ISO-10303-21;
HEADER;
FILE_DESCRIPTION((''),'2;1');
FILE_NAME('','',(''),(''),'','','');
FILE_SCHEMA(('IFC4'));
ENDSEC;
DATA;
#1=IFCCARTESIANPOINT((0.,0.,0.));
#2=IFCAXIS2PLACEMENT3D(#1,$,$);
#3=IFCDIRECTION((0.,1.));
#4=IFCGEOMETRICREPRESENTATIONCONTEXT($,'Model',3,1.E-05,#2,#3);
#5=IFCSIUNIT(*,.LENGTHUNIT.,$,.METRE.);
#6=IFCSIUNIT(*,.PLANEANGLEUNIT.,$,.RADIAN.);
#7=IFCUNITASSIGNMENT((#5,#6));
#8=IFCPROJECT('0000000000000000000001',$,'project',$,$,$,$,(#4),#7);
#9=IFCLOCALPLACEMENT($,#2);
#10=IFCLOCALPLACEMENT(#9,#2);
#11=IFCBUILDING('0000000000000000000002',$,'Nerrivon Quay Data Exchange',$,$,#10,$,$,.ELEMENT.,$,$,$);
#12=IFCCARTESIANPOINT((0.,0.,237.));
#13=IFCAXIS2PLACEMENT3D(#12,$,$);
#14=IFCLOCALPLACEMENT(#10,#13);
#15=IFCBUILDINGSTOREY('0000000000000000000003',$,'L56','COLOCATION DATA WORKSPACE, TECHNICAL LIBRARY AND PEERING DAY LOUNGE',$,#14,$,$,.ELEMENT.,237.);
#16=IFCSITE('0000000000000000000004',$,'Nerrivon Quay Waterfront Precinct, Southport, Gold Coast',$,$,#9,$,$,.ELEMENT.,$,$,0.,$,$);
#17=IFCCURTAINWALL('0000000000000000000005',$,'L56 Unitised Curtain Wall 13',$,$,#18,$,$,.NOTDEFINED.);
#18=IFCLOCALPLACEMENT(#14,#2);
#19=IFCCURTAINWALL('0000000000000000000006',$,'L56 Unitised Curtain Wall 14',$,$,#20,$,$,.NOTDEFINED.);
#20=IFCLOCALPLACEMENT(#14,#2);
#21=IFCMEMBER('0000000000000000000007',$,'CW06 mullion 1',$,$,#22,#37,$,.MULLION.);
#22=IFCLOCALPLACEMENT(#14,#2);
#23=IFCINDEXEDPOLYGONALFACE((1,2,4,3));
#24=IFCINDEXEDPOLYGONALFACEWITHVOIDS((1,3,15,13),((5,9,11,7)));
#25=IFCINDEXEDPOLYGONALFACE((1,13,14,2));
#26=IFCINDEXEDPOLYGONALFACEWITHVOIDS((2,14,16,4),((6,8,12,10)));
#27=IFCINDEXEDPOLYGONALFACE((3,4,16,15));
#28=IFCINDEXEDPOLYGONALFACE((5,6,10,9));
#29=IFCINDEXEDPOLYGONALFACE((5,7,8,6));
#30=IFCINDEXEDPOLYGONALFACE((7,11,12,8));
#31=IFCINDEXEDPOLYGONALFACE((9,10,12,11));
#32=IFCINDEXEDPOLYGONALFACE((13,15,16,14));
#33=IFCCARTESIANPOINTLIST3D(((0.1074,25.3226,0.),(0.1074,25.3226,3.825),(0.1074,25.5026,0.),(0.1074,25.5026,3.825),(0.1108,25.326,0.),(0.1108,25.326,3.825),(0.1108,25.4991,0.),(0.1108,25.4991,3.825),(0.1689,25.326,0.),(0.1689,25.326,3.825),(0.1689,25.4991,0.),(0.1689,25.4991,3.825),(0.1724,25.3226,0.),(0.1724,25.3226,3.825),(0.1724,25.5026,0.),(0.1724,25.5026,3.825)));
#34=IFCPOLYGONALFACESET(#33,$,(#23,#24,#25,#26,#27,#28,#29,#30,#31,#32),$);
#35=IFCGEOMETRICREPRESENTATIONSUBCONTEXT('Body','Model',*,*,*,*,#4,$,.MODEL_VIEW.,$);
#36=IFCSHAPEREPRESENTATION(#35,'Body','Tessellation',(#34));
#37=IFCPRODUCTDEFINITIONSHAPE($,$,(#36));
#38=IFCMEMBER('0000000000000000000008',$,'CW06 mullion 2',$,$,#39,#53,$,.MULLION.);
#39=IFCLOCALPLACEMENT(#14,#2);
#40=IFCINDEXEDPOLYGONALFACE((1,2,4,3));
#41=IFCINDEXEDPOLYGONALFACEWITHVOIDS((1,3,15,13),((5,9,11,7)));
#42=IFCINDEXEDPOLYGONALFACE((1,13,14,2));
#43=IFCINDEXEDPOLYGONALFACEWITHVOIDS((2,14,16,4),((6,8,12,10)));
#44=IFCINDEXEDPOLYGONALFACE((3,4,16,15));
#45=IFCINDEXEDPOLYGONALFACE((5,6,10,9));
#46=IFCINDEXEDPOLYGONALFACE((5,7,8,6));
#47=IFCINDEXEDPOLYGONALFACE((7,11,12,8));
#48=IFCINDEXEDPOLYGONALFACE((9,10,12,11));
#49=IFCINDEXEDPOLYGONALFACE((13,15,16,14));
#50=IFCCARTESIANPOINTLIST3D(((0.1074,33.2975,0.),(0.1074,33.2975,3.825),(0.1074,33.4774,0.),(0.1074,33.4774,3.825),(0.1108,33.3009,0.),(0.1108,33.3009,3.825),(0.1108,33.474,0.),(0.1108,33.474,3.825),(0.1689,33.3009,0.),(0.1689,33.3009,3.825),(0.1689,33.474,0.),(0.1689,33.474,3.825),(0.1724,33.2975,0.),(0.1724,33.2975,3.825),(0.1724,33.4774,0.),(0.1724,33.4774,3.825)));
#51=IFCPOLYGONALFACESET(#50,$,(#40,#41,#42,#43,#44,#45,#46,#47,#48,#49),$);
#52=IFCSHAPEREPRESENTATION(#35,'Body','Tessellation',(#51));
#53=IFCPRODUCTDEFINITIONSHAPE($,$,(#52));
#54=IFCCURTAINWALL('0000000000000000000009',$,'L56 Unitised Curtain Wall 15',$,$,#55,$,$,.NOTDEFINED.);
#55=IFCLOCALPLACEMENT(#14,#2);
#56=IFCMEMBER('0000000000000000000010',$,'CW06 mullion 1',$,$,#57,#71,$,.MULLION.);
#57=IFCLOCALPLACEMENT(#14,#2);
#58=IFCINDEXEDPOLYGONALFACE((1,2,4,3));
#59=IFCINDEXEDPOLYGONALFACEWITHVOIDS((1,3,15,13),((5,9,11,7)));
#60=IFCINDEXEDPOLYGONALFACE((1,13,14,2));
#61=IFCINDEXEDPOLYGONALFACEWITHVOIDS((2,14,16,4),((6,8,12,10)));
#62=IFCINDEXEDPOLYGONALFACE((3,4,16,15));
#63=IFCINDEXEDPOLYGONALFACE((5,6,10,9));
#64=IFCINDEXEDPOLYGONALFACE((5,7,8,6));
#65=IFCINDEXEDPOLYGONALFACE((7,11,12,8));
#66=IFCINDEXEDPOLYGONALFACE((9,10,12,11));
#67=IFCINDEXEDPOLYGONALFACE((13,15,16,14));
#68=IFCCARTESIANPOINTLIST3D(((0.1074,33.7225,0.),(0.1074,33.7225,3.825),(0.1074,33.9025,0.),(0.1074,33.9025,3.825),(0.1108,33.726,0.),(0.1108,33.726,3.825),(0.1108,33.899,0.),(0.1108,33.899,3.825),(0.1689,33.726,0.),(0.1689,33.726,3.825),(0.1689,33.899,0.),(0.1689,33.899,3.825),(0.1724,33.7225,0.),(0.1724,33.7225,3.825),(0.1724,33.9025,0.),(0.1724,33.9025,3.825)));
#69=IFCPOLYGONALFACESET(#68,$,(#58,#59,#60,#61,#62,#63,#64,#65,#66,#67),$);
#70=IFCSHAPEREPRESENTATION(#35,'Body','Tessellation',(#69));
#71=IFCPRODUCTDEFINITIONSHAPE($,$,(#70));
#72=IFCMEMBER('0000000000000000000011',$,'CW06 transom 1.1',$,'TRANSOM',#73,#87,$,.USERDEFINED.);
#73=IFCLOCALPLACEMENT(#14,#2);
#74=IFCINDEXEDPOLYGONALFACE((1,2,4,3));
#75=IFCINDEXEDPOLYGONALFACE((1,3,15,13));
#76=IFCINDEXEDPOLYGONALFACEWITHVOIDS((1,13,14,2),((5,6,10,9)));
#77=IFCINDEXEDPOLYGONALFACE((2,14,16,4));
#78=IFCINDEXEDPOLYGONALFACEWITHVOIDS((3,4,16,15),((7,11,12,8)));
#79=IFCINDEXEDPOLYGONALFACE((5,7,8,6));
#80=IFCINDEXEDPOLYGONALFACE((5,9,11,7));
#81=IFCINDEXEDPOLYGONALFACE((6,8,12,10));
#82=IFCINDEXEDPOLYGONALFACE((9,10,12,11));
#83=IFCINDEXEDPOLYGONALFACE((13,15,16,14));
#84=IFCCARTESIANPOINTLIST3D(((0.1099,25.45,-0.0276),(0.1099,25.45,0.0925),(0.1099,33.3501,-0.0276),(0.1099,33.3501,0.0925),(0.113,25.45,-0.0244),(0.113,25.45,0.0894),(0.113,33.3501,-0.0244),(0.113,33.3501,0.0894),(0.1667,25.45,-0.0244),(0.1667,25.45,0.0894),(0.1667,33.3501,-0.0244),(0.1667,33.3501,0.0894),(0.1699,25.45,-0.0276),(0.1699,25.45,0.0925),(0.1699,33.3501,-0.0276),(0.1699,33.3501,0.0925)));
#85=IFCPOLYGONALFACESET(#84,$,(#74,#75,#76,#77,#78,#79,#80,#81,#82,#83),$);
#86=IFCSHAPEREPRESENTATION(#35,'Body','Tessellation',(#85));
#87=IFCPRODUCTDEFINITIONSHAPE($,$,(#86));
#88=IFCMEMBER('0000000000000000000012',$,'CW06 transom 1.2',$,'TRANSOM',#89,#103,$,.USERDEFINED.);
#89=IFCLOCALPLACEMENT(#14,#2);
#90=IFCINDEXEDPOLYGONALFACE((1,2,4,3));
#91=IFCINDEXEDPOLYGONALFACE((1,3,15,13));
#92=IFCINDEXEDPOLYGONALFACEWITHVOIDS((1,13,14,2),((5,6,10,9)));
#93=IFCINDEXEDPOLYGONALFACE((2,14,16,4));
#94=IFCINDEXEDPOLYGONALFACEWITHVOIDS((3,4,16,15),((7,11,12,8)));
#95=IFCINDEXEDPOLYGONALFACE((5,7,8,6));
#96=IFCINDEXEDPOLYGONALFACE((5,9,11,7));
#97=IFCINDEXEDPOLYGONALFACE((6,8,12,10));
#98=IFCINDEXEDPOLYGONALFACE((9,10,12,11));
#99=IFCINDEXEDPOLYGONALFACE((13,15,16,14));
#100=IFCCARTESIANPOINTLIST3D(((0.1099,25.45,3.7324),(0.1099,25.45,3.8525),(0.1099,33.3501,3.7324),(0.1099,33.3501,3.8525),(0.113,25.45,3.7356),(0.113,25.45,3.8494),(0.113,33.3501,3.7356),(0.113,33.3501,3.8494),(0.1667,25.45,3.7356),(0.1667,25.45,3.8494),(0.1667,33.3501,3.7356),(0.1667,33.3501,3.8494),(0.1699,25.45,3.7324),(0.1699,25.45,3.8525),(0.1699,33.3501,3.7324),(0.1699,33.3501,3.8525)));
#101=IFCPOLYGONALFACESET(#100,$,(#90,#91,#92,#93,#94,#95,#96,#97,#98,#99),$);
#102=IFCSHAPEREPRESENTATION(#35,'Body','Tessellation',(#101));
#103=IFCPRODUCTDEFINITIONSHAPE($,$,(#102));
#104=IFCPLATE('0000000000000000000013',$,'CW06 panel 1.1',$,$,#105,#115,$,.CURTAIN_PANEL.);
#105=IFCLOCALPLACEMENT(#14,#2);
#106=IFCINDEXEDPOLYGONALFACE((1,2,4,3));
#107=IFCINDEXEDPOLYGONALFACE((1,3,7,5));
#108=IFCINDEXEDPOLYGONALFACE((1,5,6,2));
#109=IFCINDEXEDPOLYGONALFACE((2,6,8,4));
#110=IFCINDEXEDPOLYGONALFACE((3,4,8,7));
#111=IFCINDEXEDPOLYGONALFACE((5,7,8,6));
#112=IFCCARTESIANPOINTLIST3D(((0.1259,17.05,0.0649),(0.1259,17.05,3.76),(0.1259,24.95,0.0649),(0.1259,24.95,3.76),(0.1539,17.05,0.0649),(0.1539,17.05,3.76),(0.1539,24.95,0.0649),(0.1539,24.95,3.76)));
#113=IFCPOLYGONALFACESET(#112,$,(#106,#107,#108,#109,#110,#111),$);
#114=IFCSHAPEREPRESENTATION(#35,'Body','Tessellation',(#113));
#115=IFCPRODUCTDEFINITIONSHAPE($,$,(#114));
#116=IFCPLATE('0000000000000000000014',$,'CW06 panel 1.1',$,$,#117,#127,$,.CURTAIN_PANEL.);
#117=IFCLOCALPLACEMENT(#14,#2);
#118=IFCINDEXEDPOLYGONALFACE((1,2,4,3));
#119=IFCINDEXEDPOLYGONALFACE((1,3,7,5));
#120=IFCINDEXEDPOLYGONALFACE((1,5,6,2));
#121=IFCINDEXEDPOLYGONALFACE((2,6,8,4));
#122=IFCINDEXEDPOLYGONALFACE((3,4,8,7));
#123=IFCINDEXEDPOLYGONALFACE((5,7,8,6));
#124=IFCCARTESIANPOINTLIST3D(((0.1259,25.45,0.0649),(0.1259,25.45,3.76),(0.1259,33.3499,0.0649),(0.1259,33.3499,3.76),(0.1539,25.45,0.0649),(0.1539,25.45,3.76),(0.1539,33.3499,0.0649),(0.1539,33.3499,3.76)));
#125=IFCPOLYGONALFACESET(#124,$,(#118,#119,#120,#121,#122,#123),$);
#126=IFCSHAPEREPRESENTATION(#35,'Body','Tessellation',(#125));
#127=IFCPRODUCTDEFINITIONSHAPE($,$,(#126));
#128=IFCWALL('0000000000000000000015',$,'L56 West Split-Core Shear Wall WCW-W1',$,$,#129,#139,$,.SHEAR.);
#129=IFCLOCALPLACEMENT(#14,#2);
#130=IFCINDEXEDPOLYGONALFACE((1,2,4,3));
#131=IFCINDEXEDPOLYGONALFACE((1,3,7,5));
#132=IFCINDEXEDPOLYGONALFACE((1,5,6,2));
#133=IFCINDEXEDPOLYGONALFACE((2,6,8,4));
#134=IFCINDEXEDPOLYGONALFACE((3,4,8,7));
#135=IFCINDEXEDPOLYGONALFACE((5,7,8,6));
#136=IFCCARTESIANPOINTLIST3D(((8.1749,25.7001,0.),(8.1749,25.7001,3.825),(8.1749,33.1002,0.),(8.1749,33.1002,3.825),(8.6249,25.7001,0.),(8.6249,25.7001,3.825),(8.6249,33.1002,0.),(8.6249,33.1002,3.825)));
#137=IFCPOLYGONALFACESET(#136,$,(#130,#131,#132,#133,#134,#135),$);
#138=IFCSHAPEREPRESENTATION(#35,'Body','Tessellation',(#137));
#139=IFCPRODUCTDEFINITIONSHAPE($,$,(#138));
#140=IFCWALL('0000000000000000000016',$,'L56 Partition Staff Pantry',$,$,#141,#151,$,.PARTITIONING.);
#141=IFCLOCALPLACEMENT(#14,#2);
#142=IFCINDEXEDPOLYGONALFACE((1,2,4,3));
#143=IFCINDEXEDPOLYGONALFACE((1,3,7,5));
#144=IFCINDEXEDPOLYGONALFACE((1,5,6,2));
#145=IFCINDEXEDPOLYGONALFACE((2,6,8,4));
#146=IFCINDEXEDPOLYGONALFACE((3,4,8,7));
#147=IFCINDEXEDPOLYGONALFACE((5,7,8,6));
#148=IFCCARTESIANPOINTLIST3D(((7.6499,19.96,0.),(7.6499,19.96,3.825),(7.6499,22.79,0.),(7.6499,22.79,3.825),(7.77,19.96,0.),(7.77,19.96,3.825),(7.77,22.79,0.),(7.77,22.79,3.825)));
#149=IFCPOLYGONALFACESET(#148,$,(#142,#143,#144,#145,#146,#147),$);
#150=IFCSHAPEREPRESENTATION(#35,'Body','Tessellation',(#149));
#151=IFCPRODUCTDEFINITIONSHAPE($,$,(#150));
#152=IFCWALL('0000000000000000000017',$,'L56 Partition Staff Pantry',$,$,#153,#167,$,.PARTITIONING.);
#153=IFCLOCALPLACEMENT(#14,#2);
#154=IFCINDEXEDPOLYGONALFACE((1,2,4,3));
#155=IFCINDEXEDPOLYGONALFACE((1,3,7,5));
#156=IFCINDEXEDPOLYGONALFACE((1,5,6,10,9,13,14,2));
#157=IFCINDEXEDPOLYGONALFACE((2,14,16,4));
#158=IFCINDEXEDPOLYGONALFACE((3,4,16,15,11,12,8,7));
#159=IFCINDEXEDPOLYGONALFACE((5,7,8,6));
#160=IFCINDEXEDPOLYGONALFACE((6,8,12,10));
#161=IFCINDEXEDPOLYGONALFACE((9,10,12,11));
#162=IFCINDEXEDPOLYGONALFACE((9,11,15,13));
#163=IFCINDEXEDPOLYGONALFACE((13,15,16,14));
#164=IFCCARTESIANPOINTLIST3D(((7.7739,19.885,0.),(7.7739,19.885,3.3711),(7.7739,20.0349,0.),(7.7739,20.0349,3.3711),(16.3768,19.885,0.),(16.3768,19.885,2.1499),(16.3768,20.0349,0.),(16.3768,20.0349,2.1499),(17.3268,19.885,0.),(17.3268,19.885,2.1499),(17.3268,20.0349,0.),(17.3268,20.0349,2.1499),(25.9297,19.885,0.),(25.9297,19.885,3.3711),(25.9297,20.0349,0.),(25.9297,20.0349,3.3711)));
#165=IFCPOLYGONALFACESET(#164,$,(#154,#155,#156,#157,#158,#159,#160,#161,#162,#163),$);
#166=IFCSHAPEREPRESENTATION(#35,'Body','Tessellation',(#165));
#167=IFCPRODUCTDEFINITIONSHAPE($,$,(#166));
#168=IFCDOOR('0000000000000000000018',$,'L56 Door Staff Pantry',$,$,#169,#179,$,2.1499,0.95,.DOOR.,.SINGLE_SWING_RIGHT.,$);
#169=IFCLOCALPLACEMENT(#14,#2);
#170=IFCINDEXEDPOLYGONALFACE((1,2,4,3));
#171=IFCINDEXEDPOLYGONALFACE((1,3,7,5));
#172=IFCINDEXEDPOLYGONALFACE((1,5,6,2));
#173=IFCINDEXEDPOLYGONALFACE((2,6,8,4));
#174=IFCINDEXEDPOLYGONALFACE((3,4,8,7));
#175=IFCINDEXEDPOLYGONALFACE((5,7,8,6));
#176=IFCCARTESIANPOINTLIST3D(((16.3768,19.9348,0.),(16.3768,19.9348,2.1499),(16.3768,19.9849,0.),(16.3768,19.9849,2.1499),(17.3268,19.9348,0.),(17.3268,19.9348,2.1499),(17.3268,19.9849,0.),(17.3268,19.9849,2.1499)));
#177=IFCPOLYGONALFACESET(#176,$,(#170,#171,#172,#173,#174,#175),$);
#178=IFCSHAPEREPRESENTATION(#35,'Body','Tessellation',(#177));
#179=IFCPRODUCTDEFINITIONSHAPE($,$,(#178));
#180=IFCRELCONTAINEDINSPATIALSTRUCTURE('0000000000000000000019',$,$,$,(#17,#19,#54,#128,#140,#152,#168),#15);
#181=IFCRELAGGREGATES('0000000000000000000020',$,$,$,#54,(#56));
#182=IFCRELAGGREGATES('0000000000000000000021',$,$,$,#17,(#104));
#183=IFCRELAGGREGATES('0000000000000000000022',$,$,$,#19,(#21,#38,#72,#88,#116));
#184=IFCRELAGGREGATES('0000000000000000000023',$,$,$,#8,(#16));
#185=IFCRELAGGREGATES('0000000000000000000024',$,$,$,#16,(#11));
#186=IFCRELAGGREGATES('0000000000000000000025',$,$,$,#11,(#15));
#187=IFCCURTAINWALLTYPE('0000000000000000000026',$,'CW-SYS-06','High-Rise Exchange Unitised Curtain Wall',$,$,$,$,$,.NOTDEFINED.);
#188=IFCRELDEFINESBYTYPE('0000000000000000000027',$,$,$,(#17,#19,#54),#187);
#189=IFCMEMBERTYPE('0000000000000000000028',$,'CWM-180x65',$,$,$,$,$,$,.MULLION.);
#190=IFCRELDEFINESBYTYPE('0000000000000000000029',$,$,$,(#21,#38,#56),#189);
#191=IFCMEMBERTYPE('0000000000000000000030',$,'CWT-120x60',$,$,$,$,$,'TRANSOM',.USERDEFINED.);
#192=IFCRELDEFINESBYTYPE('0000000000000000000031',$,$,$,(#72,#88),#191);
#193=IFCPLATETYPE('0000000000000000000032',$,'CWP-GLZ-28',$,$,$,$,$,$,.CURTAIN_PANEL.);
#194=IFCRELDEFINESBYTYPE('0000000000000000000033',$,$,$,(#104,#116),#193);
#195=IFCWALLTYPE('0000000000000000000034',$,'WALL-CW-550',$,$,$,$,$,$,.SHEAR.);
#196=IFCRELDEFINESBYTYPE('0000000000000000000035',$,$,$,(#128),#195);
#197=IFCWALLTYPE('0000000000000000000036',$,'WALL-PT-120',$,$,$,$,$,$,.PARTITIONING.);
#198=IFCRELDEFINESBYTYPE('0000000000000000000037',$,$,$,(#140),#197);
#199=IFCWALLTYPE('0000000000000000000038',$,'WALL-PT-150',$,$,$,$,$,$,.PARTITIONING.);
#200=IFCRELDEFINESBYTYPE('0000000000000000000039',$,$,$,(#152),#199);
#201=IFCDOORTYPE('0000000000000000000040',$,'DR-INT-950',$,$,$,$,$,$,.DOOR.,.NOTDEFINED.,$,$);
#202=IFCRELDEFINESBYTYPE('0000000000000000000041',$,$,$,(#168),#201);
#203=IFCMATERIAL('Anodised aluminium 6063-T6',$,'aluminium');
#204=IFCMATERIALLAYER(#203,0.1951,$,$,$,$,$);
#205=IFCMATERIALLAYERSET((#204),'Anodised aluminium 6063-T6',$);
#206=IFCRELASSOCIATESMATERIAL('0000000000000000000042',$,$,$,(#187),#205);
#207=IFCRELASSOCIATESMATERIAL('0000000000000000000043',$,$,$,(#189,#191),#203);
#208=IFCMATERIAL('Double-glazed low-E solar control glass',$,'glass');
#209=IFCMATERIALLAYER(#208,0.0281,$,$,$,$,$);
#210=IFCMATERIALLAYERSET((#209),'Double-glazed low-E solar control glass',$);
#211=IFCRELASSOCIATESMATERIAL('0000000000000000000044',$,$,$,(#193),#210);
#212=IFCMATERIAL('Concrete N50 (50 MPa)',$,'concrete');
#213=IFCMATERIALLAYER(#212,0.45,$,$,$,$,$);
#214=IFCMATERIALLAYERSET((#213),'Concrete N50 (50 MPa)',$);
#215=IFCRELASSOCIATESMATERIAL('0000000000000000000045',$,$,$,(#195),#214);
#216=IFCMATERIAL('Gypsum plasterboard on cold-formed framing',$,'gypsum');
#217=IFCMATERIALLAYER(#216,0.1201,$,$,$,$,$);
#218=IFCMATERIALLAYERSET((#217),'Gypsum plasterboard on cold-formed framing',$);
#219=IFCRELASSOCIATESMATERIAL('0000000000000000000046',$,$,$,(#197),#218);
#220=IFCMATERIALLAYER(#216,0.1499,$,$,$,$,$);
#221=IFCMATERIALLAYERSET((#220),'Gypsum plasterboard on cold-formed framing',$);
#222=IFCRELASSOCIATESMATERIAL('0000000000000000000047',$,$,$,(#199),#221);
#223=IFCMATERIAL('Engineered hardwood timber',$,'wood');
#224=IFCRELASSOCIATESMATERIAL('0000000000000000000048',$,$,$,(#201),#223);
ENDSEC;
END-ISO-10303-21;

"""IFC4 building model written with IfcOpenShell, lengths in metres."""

from ifc_helpers import new_model, si_unit, direction, frame, frame_2d, origin, origin_2d, place, context, subcontext, project, spatial, rectangle, hollow_rectangle, extrude, material, layer, layer_set, material_profile, profile_set, type_object, element, fill, aggregate, save


model = new_model("IFC4")

# Units and contexts
model_context = context("Model", 3, precision=1e-05, world=origin(), true_north=direction((0.0, 1.0)))
body_context = subcontext(model_context, "Body", "Model", "MODEL_VIEW")
ifc_project = project(units=[si_unit("LENGTHUNIT", "METRE"), si_unit("PLANEANGLEUNIT", "RADIAN")], contexts=[model_context])

# Site, building, storey
site_placement = place(None, origin())
site = spatial("IfcSite", under=ifc_project, at=site_placement, Name="Nerrivon Quay Waterfront Precinct, Southport, Gold Coast", CompositionType="ELEMENT", RefElevation=0.0)
building_placement = place(site_placement, origin())
building = spatial("IfcBuilding", under=site, at=building_placement, Name="Nerrivon Quay Data Exchange", CompositionType="ELEMENT")
storey_placement = place(building_placement, frame((0.0, 0.0, 237.0)))
storey = spatial("IfcBuildingStorey", under=building, at=storey_placement, Name="L56", Description="COLOCATION DATA WORKSPACE, TECHNICAL LIBRARY AND PEERING DAY LOUNGE", CompositionType="ELEMENT", Elevation=237.0)

# Curtain wall
ifc_material_1 = material(Name="Anodised aluminium 6063-T6", Category="aluminium")
ifc_layer_1 = layer(ifc_material_1, 0.1951)
ifc_layer_set_1 = layer_set([ifc_layer_1], Name="Anodised aluminium 6063-T6")
curtain_wall_type = type_object("IfcCurtainWallType", Name="CW-SYS-06", Description="High-Rise Exchange Unitised Curtain Wall", PredefinedType="NOTDEFINED", material=ifc_layer_set_1)
curtain_wall_1_placement = place(storey_placement, origin())
curtain_wall_1 = element("IfcCurtainWall", 1, at=curtain_wall_1_placement, inside=storey, type_object=curtain_wall_type, Name="L56 Unitised Curtain Wall 13", PredefinedType="NOTDEFINED")
ifc_material_profile_1 = material_profile(ifc_material_1, hollow_rectangle(XDim=0.0649, YDim=0.1799, WallThickness=0.0034, at=origin_2d()), Name="ALU-MULL-180x65")
ifc_profile_set_1 = profile_set([ifc_material_profile_1], Name="Anodised aluminium 6063-T6")
member_type_1 = type_object("IfcMemberType", Name="CWM-180x65", PredefinedType="MULLION", material=ifc_profile_set_1)

# Curtain wall, members
curtain_wall_2_placement = place(storey_placement, origin())
curtain_wall_2 = element("IfcCurtainWall", 2, at=curtain_wall_2_placement, inside=storey, type_object=curtain_wall_type, Name="L56 Unitised Curtain Wall 14", PredefinedType="NOTDEFINED")
member_1_placement = place(storey_placement, frame((0.1399, 25.4126, 0.0), z_axis=(0.0, 0.0, 1.0), x_axis=(-1.0, 0.0, 0.0)))
member_1 = element("IfcMember", 3, at=member_1_placement, type_object=member_type_1, Name="CW06 mullion 1", PredefinedType="MULLION", context=body_context, shape_type="SweptSolid", body=[
    extrude(hollow_rectangle(XDim=0.0649, YDim=0.1799, WallThickness=0.0034, at=origin_2d()), origin(), (0.0, 0.0, 1.0), 3.825),
])
member_2_placement = place(storey_placement, frame((0.1399, 33.3875, 0.0), z_axis=(0.0, 0.0, 1.0), x_axis=(-1.0, 0.0, 0.0)))
member_2 = element("IfcMember", 4, at=member_2_placement, type_object=member_type_1, Name="CW06 mullion 2", PredefinedType="MULLION", context=body_context, shape_type="SweptSolid", body=[
    extrude(hollow_rectangle(XDim=0.0649, YDim=0.1799, WallThickness=0.0034, at=origin_2d()), origin(), (0.0, 0.0, 1.0), 3.825),
])

# Curtain wall, member
curtain_wall_3_placement = place(storey_placement, origin())
curtain_wall_3 = element("IfcCurtainWall", 5, at=curtain_wall_3_placement, inside=storey, type_object=curtain_wall_type, Name="L56 Unitised Curtain Wall 15", PredefinedType="NOTDEFINED")
member_3_placement = place(storey_placement, frame((0.1399, 33.8125, 0.0), z_axis=(0.0, 0.0, 1.0), x_axis=(-1.0, 0.0, 0.0)))
member_3 = element("IfcMember", 6, at=member_3_placement, type_object=member_type_1, Name="CW06 mullion 1", PredefinedType="MULLION", context=body_context, shape_type="SweptSolid", body=[
    extrude(hollow_rectangle(XDim=0.0649, YDim=0.1799, WallThickness=0.0034, at=origin_2d()), origin(), (0.0, 0.0, 1.0), 3.825),
])
aggregate(curtain_wall_3, [member_3])

# Members
ifc_material_profile_2 = material_profile(ifc_material_1, hollow_rectangle(XDim=0.0601, YDim=0.1201, WallThickness=0.0032, at=origin_2d()), Name="ALU-TRAN-120x60")
ifc_profile_set_2 = profile_set([ifc_material_profile_2], Name="Anodised aluminium 6063-T6")
member_type_2 = type_object("IfcMemberType", Name="CWT-120x60", ElementType="TRANSOM", PredefinedType="USERDEFINED", material=ifc_profile_set_2)
member_4_placement = place(storey_placement, frame((0.1399, 25.45, 0.0325), z_axis=(0.0, 1.0, 0.0), x_axis=(-1.0, 0.0, 0.0)))
member_4 = element("IfcMember", 7, at=member_4_placement, type_object=member_type_2, Name="CW06 transom 1.1", ObjectType="TRANSOM", PredefinedType="USERDEFINED", context=body_context, shape_type="SweptSolid", body=[
    extrude(hollow_rectangle(XDim=0.0601, YDim=0.1201, WallThickness=0.0032, at=origin_2d()), origin(), (0.0, 0.0, 1.0), 7.9001),
])
member_5_placement = place(storey_placement, frame((0.1399, 25.45, 3.7925), z_axis=(0.0, 1.0, 0.0), x_axis=(-1.0, 0.0, 0.0)))
member_5 = element("IfcMember", 8, at=member_5_placement, type_object=member_type_2, Name="CW06 transom 1.2", ObjectType="TRANSOM", PredefinedType="USERDEFINED", context=body_context, shape_type="SweptSolid", body=[
    extrude(hollow_rectangle(XDim=0.0601, YDim=0.1201, WallThickness=0.0032, at=origin_2d()), origin(), (0.0, 0.0, 1.0), 7.9001),
])

# Plates
ifc_material_2 = material(Name="Double-glazed low-E solar control glass", Category="glass")
ifc_layer_2 = layer(ifc_material_2, 0.0281)
ifc_layer_set_2 = layer_set([ifc_layer_2], Name="Double-glazed low-E solar control glass")
plate_type = type_object("IfcPlateType", Name="CWP-GLZ-28", PredefinedType="CURTAIN_PANEL", material=ifc_layer_set_2)
plate_1_placement = place(storey_placement, frame((0.1399, 21.0, 0.0649), z_axis=(0.0, 0.0, 1.0), x_axis=(0.0, 1.0, 0.0)))
plate_1 = element("IfcPlate", 9, at=plate_1_placement, type_object=plate_type, Name="CW06 panel 1.1", PredefinedType="CURTAIN_PANEL", context=body_context, shape_type="SweptSolid", body=[
    extrude(rectangle(XDim=7.8999, YDim=0.0281, at=origin_2d()), origin(), (0.0, 0.0, 1.0), 3.6951),
])
aggregate(curtain_wall_1, [plate_1])
plate_2_placement = place(storey_placement, frame((0.1399, 29.3999, 0.0649), z_axis=(0.0, 0.0, 1.0), x_axis=(0.0, 1.0, 0.0)))
plate_2 = element("IfcPlate", 10, at=plate_2_placement, type_object=plate_type, Name="CW06 panel 1.1", PredefinedType="CURTAIN_PANEL", context=body_context, shape_type="SweptSolid", body=[
    extrude(rectangle(XDim=7.8999, YDim=0.0281, at=origin_2d()), origin(), (0.0, 0.0, 1.0), 3.6951),
])
aggregate(curtain_wall_2, [member_1, member_2, member_4, member_5, plate_2])

# Walls
ifc_material_3 = material(Name="Concrete N50 (50 MPa)", Category="concrete")
ifc_layer_3 = layer(ifc_material_3, 0.45)
ifc_layer_set_3 = layer_set([ifc_layer_3], Name="Concrete N50 (50 MPa)")
wall_type_1 = type_object("IfcWallType", Name="WALL-CW-550", PredefinedType="SHEAR", material=ifc_layer_set_3)
wall_1_placement = place(storey_placement, frame((8.3999, 25.7, 0.0), z_axis=(0.0, 0.0, 1.0), x_axis=(0.0, 1.0, 0.0)))
element("IfcWall", 11, at=wall_1_placement, inside=storey, type_object=wall_type_1, Name="L56 West Split-Core Shear Wall WCW-W1", PredefinedType="SHEAR", context=body_context, shape_type="SweptSolid", body=[
    extrude(rectangle(XDim=7.4001, YDim=0.45, at=frame_2d((3.7002, 0.0))), origin(), (0.0, 0.0, 1.0), 3.825),
])
ifc_material_4 = material(Name="Gypsum plasterboard on cold-formed framing", Category="gypsum")
ifc_layer_4 = layer(ifc_material_4, 0.1201)
ifc_layer_set_4 = layer_set([ifc_layer_4], Name="Gypsum plasterboard on cold-formed framing")
wall_type_2 = type_object("IfcWallType", Name="WALL-PT-120", PredefinedType="PARTITIONING", material=ifc_layer_set_4)
wall_2_placement = place(storey_placement, frame((7.71, 22.79, 0.0), z_axis=(0.0, 0.0, 1.0), x_axis=(0.0, -1.0, 0.0)))
element("IfcWall", 12, at=wall_2_placement, inside=storey, type_object=wall_type_2, Name="L56 Partition Staff Pantry", PredefinedType="PARTITIONING", context=body_context, shape_type="SweptSolid", body=[
    extrude(rectangle(XDim=2.8301, YDim=0.1201, at=frame_2d((1.415, 0.0))), origin(), (0.0, 0.0, 1.0), 3.825),
])

# Wall, opening, door
ifc_layer_5 = layer(ifc_material_4, 0.1499)
ifc_layer_set_5 = layer_set([ifc_layer_5], Name="Gypsum plasterboard on cold-formed framing")
wall_type_3 = type_object("IfcWallType", Name="WALL-PT-150", PredefinedType="PARTITIONING", material=ifc_layer_set_5)
wall_3_placement = place(storey_placement, frame((7.7739, 19.96, 0.0), z_axis=(0.0, 0.0, 1.0), x_axis=(1.0, 0.0, 0.0)))
wall_3 = element("IfcWall", 13, at=wall_3_placement, inside=storey, type_object=wall_type_3, Name="L56 Partition Staff Pantry", PredefinedType="PARTITIONING", context=body_context, shape_type="SweptSolid", body=[
    extrude(rectangle(XDim=18.1558, YDim=0.1499, at=frame_2d((9.0779, 0.0))), origin(), (0.0, 0.0, 1.0), 3.3711),
])
opening_placement = place(wall_3_placement, frame((8.6028, 0.0, 0.0)))
opening = element("IfcOpeningElement", 14, at=opening_placement, cuts=wall_3, PredefinedType="OPENING", context=body_context, shape_type="SweptSolid", body=[
    extrude(rectangle(XDim=0.95, YDim=2.1499, at=frame_2d((0.4751, 1.075))), frame((0.0, 0.085, 0.0), z_axis=(0.0, -1.0, 0.0), x_axis=(1.0, 0.0, 0.0)), (0.0, 0.0, 1.0), 0.1699),
])
ifc_material_5 = material(Name="Engineered hardwood timber", Category="wood")
door_type = type_object("IfcDoorType", Name="DR-INT-950", OperationType="NOTDEFINED", PredefinedType="DOOR", material=ifc_material_5)
door_placement = place(opening_placement, origin())
door = element("IfcDoor", 15, at=door_placement, inside=storey, type_object=door_type, Name="L56 Door Staff Pantry", OperationType="SINGLE_SWING_RIGHT", OverallHeight=2.1499, OverallWidth=0.95, PredefinedType="DOOR", context=body_context, shape_type="SweptSolid", body=[
    extrude(rectangle(XDim=0.95, YDim=2.1499, at=frame_2d((0.4751, 1.075))), frame((0.0, 0.0249, 0.0), z_axis=(0.0, -1.0, 0.0), x_axis=(1.0, 0.0, 0.0)), (0.0, 0.0, 1.0), 0.05),
])
fill(opening, door)

save(model, "model.ifc")
